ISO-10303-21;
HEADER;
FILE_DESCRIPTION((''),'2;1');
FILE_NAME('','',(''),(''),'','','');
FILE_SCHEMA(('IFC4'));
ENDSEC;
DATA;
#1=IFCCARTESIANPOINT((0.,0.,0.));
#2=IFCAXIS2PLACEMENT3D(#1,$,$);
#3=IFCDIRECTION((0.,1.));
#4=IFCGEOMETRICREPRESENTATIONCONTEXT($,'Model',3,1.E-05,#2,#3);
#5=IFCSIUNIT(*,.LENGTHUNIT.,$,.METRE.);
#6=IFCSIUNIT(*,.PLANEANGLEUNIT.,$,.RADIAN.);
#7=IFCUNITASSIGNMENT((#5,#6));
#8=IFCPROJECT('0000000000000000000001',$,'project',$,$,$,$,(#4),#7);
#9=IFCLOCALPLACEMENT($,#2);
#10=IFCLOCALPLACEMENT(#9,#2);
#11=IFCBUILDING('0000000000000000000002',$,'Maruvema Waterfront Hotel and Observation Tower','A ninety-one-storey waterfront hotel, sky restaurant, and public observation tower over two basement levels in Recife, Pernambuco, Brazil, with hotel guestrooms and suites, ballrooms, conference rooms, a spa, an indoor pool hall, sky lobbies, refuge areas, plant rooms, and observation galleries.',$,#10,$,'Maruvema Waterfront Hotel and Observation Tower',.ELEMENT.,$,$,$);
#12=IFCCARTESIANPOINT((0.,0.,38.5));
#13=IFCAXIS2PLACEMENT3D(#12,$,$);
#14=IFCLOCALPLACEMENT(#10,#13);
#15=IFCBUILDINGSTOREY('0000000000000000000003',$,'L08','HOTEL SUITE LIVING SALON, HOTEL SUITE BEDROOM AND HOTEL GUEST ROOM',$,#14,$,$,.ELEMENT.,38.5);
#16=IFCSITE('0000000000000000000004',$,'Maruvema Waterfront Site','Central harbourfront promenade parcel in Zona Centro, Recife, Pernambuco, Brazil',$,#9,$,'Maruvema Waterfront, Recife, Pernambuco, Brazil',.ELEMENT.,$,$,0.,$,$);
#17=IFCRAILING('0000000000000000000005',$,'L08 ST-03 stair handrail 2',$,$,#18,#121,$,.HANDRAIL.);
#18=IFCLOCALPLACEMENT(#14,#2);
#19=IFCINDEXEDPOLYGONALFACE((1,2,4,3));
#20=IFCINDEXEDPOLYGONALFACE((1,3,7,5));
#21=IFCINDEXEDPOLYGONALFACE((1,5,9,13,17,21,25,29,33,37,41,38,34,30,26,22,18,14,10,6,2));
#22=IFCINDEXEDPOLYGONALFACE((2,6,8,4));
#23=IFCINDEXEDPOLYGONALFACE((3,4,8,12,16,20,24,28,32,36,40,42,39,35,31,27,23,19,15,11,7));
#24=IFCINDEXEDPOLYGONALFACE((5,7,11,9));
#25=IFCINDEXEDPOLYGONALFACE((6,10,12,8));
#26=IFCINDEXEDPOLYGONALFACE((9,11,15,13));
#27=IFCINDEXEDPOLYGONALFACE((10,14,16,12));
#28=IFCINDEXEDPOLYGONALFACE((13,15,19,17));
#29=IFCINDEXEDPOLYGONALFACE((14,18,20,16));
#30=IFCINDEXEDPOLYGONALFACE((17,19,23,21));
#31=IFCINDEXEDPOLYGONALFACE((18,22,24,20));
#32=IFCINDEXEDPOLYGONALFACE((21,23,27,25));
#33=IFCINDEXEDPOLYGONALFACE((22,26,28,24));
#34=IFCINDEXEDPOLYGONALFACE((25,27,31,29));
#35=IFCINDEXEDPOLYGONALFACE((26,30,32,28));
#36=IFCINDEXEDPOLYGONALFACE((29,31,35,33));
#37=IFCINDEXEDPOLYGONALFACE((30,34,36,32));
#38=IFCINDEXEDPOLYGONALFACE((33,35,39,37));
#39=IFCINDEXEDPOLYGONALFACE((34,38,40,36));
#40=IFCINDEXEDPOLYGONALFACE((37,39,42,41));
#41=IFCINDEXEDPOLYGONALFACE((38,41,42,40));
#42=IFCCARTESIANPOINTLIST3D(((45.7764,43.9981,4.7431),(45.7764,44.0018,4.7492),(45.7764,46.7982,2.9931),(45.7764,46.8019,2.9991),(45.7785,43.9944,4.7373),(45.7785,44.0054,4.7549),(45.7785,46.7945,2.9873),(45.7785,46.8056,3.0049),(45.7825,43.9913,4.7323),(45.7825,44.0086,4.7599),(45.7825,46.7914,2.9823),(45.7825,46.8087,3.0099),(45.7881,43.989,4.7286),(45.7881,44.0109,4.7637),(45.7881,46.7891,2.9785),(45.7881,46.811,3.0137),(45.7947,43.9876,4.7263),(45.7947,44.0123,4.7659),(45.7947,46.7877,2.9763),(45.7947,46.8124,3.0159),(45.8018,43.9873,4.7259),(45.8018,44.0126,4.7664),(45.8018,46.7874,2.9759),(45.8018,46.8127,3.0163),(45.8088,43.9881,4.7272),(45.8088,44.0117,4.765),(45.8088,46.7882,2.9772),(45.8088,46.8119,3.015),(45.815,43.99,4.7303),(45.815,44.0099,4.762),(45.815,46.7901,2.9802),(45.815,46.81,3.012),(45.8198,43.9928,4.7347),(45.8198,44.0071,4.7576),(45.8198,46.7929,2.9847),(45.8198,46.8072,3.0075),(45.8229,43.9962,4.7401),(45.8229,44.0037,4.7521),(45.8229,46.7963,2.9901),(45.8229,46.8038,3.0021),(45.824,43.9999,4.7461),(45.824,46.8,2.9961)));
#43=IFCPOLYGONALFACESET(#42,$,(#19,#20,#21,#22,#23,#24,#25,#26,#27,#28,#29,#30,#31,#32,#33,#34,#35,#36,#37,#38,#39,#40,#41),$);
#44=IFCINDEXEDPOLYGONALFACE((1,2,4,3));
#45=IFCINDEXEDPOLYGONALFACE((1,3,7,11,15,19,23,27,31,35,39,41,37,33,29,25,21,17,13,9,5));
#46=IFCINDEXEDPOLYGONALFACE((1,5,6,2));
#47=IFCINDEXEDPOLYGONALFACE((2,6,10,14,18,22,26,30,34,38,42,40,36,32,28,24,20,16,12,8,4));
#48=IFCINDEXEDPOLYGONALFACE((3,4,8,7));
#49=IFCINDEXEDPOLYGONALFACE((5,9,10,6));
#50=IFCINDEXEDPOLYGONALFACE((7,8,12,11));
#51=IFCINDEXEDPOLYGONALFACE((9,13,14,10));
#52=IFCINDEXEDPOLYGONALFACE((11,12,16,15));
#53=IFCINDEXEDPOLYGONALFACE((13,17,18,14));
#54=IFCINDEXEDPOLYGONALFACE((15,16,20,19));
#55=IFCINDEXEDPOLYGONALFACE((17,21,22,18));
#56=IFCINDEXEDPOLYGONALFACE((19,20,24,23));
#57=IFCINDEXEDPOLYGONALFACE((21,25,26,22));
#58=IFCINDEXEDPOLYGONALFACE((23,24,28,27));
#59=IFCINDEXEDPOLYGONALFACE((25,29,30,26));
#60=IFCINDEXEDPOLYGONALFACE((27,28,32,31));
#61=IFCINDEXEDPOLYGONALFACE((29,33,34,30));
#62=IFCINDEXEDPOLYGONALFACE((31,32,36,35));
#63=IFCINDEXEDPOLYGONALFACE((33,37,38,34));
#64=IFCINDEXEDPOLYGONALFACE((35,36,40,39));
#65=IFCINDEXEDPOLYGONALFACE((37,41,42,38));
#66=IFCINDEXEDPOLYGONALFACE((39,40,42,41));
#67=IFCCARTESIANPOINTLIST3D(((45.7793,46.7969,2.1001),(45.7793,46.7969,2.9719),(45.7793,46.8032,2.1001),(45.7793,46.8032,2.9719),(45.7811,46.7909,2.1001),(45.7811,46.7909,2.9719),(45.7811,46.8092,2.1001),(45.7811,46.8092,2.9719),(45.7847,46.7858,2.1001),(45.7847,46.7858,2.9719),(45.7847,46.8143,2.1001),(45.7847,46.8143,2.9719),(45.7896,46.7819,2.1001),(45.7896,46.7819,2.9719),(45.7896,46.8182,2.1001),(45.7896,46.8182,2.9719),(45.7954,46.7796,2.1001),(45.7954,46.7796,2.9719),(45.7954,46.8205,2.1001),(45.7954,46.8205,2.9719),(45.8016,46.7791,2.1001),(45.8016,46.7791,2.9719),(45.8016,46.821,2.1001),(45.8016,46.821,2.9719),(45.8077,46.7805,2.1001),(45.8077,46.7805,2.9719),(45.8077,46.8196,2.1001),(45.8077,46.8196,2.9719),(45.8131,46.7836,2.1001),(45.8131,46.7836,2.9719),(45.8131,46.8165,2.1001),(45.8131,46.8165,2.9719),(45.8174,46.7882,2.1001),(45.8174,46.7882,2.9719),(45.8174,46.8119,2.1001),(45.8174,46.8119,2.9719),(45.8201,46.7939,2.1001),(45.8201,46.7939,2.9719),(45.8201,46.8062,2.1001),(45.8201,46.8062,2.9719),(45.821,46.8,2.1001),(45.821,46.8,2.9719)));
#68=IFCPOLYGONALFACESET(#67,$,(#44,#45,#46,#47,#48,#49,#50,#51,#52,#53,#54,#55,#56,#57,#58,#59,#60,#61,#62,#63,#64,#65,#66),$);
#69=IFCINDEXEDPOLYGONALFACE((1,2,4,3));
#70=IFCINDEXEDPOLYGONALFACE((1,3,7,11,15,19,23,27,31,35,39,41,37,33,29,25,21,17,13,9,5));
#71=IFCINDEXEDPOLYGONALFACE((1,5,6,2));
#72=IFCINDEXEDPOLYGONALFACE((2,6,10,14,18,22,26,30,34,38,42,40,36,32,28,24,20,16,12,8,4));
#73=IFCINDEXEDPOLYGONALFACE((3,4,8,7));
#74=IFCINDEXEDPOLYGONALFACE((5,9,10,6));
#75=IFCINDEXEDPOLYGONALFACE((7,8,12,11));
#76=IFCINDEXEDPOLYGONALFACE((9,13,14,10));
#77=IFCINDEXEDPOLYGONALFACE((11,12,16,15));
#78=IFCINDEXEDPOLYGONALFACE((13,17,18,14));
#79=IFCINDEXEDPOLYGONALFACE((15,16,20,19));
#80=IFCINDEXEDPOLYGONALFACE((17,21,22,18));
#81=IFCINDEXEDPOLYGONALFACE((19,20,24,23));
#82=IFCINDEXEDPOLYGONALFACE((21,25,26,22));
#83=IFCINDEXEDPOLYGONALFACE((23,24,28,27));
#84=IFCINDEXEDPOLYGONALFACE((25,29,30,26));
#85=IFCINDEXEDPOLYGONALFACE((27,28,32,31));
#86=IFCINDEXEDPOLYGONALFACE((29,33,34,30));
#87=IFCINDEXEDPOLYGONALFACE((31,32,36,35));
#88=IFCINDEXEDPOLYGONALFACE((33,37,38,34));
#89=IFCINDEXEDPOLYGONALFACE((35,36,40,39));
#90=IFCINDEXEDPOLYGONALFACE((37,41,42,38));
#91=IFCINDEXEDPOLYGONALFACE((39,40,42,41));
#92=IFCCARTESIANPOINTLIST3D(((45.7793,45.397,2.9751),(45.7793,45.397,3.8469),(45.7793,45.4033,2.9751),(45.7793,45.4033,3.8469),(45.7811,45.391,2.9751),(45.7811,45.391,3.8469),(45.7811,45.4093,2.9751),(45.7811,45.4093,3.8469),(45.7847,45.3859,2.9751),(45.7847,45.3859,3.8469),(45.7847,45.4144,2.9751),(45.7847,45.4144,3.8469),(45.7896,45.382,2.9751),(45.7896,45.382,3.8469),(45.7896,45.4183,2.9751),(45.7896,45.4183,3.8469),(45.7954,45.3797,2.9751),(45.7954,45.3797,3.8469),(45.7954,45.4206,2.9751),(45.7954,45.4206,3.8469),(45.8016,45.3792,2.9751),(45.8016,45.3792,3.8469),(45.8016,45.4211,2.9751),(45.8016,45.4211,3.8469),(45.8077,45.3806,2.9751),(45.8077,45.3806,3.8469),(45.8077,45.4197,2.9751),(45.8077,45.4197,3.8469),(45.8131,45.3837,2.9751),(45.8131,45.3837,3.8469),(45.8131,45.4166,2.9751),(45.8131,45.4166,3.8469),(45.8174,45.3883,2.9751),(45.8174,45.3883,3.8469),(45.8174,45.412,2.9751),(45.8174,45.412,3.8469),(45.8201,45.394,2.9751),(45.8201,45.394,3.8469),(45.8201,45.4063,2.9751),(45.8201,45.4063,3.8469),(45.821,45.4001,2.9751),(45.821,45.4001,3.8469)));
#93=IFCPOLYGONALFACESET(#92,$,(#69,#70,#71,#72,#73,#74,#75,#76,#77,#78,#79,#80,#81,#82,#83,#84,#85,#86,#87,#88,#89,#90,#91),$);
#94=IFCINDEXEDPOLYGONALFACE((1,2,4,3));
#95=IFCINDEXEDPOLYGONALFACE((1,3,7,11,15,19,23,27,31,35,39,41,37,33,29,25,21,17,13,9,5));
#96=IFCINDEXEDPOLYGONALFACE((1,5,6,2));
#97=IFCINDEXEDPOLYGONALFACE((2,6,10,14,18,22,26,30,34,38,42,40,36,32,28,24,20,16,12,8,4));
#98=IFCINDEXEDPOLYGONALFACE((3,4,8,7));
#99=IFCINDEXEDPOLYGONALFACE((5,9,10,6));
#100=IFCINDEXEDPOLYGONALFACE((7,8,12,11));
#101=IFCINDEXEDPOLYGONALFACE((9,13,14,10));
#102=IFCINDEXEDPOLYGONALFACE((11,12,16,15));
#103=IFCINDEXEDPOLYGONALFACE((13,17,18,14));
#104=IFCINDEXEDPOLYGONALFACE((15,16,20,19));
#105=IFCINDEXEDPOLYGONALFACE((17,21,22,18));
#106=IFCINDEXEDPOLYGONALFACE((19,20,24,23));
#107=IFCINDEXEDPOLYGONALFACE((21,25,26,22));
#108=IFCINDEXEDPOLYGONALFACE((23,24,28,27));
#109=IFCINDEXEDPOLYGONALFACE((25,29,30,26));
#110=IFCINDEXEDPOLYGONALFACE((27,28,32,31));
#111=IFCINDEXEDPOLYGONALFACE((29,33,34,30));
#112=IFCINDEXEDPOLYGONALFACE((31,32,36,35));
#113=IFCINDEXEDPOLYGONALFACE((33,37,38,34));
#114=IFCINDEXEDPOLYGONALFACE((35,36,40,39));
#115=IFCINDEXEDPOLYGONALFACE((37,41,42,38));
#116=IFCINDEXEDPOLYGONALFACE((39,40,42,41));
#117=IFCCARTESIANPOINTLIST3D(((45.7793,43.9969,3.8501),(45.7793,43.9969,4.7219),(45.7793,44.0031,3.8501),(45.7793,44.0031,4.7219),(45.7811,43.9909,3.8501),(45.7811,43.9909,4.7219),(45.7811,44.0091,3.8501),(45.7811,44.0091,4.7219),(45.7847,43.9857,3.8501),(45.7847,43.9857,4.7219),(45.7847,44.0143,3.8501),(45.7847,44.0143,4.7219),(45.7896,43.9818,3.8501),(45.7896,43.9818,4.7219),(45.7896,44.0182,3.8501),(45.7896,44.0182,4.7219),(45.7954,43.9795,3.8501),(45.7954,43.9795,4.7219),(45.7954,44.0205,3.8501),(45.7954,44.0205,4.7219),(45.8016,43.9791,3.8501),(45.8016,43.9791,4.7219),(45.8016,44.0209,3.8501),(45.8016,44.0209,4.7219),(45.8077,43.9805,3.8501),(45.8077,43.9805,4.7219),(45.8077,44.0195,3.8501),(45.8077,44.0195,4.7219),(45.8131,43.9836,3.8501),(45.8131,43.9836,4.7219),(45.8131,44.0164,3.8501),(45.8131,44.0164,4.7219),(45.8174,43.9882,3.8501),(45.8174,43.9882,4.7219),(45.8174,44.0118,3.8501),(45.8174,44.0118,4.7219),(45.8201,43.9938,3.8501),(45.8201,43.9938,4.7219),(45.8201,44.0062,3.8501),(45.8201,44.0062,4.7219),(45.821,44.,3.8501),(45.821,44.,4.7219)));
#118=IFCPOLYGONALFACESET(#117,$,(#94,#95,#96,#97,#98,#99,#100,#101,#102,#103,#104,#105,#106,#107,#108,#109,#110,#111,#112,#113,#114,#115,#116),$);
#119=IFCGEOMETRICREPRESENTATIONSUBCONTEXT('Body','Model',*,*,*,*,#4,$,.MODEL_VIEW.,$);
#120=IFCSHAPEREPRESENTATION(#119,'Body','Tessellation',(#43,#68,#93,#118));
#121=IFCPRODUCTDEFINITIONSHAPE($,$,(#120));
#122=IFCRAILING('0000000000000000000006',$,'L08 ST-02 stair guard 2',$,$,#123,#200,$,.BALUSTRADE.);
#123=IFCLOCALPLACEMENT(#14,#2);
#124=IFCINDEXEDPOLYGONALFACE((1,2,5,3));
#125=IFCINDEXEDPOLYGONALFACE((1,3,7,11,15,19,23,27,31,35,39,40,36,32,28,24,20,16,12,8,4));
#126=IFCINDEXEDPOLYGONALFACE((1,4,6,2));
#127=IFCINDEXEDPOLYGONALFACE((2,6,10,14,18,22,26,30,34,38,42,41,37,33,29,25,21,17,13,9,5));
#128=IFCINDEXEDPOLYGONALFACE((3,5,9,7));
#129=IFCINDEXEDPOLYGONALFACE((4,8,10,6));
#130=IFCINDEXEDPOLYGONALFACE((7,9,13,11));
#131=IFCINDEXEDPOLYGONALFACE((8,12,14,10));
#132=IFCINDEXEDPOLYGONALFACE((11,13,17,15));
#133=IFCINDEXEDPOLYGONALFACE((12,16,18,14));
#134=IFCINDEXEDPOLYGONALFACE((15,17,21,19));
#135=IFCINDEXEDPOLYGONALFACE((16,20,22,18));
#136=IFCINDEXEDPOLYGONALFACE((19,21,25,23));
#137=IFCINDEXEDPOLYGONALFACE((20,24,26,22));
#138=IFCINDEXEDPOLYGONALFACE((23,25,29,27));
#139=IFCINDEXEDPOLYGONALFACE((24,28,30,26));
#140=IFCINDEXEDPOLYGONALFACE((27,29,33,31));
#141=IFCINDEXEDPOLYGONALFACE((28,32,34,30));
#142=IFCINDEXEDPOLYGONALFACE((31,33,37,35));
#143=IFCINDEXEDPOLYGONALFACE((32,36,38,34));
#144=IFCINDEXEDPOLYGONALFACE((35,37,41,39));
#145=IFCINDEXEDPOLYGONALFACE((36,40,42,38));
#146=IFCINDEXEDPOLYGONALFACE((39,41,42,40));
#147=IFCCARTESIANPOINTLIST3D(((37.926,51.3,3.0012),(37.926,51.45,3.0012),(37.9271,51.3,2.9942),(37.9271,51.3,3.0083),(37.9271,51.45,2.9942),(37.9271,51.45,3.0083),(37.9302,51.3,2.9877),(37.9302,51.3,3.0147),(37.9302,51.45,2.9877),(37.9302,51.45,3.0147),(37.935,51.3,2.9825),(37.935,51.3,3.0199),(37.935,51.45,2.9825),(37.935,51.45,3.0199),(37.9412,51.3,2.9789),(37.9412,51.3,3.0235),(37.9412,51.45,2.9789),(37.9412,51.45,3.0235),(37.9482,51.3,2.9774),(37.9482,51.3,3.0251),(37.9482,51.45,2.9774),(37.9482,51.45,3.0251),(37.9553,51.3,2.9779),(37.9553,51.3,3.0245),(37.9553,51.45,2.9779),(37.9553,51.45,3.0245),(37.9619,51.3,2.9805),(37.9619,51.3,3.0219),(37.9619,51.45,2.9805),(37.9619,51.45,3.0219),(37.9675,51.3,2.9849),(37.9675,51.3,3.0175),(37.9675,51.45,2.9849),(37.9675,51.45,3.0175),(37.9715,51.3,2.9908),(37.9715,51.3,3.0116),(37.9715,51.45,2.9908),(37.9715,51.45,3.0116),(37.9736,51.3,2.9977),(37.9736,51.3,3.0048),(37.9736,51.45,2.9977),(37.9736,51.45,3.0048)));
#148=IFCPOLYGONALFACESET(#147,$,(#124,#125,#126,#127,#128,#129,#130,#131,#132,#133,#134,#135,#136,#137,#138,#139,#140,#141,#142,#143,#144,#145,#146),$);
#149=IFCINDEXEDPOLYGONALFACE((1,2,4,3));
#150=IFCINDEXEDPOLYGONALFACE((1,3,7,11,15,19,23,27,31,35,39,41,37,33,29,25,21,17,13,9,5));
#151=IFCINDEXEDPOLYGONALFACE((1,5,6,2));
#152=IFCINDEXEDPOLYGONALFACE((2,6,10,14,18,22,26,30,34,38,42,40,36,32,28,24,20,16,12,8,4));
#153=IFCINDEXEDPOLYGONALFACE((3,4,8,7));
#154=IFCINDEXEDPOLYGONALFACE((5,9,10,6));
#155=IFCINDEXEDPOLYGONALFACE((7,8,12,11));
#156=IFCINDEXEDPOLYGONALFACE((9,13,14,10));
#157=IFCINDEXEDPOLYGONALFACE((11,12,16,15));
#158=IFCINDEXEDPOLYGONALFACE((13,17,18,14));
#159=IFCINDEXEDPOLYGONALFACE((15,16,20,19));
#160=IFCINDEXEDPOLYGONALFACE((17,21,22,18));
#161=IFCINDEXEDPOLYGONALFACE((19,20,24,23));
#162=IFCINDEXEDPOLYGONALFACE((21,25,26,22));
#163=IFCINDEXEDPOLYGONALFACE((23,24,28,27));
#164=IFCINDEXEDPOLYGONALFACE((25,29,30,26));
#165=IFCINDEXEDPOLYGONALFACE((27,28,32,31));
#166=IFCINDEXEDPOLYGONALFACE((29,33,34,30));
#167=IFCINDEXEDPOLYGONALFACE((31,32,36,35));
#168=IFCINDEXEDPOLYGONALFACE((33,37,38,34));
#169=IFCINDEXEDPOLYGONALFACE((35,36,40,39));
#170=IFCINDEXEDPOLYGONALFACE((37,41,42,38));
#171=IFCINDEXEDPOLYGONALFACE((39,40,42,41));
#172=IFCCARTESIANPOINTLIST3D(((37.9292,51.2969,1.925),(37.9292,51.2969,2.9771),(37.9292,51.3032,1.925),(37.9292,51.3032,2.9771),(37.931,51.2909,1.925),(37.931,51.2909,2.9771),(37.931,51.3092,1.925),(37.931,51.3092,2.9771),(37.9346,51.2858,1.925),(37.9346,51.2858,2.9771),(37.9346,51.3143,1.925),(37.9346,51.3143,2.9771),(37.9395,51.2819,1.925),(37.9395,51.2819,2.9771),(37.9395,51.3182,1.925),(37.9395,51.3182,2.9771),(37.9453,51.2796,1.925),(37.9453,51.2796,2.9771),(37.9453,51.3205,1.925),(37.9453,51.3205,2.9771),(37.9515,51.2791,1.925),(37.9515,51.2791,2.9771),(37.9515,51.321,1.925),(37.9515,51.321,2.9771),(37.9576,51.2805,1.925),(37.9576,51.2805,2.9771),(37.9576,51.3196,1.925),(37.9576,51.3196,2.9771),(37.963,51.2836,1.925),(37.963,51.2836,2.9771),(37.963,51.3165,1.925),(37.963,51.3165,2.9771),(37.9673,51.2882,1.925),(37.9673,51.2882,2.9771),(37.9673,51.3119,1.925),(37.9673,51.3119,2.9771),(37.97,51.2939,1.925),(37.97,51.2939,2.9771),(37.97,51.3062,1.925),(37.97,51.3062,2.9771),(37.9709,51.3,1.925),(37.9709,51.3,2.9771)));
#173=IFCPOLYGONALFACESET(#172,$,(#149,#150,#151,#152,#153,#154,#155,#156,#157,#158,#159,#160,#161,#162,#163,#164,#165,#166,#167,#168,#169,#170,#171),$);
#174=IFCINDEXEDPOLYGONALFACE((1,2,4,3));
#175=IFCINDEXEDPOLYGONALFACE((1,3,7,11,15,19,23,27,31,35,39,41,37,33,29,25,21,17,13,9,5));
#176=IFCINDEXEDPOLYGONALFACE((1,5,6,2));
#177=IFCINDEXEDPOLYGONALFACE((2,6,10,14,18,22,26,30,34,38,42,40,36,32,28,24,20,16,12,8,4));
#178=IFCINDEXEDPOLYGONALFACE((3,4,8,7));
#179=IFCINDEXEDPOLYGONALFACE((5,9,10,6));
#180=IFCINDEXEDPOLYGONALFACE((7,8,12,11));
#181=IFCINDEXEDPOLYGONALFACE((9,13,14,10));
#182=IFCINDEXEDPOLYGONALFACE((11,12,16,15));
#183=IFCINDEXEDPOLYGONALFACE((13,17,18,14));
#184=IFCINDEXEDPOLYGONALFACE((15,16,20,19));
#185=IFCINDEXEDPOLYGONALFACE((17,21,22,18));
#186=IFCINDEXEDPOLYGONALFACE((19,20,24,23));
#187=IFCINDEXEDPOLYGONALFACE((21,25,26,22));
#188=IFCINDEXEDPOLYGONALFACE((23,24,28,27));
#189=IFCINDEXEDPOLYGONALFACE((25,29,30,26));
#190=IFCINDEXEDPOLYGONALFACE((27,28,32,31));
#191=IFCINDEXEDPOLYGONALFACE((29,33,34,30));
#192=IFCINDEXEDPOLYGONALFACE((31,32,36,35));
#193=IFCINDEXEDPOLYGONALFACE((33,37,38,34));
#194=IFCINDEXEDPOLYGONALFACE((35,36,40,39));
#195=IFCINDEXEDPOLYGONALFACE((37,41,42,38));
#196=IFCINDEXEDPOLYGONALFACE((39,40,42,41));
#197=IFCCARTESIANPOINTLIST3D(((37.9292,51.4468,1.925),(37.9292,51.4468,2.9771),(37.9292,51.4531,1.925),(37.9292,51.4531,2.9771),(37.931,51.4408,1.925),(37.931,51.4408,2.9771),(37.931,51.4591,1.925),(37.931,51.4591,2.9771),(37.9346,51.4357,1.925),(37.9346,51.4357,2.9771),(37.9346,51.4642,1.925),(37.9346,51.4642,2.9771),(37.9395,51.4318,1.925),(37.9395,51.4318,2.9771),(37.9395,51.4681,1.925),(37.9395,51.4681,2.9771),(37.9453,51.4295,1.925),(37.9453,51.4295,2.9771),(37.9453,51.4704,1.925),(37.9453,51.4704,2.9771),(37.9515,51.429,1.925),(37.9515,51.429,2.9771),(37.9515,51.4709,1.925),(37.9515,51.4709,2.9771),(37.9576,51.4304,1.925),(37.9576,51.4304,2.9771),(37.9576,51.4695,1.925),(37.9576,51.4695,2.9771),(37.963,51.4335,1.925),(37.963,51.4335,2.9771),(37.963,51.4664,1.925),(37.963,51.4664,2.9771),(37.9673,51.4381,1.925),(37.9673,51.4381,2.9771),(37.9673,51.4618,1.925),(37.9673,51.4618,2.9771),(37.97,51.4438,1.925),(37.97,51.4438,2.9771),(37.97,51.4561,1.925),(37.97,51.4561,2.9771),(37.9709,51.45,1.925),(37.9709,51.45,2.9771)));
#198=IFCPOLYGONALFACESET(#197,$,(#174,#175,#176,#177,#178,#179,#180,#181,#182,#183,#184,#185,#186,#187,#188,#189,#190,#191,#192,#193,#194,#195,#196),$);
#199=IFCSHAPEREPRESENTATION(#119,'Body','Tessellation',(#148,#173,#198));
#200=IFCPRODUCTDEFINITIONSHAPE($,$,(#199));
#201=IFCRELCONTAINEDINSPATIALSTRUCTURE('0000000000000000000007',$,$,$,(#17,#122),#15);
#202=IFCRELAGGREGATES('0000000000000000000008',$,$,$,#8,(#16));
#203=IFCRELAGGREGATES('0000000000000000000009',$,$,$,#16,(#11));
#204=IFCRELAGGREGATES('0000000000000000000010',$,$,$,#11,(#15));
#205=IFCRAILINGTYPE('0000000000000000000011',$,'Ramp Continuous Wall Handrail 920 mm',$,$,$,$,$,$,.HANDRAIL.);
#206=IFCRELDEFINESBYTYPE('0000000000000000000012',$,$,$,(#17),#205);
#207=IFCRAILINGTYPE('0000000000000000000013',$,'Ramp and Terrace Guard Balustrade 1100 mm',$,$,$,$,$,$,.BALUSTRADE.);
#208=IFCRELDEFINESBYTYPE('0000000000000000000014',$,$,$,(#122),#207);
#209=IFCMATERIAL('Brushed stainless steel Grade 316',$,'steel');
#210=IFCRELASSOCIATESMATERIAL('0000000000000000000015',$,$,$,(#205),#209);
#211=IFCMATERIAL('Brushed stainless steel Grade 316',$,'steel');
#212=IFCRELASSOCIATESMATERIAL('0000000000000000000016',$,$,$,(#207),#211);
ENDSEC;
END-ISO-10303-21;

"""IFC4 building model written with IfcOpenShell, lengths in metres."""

from ifc_helpers import new_model, si_unit, direction, frame, origin, origin_2d, place, context, subcontext, project, spatial, circle, extrude, material, type_object, element, save


model = new_model("IFC4")

# Units and contexts
model_context = context("Model", 3, precision=1e-05, world=origin(), true_north=direction((0.0, 1.0)))
body_context = subcontext(model_context, "Body", "Model", "MODEL_VIEW")
ifc_project = project(units=[si_unit("LENGTHUNIT", "METRE"), si_unit("PLANEANGLEUNIT", "RADIAN")], contexts=[model_context])

# Site, building, storey
site_placement = place(None, origin())
site = spatial("IfcSite", under=ifc_project, at=site_placement, Name="Maruvema Waterfront Site", Description="Central harbourfront promenade parcel in Zona Centro, Recife, Pernambuco, Brazil", LongName="Maruvema Waterfront, Recife, Pernambuco, Brazil", CompositionType="ELEMENT", RefElevation=0.0)
building_placement = place(site_placement, origin())
building = spatial("IfcBuilding", under=site, at=building_placement, Name="Maruvema Waterfront Hotel and Observation Tower", Description="A ninety-one-storey waterfront hotel, sky restaurant, and public observation tower over two basement levels in Recife, Pernambuco, Brazil, with hotel guestrooms and suites, ballrooms, conference rooms, a spa, an indoor pool hall, sky lobbies, refuge areas, plant rooms, and observation galleries.", LongName="Maruvema Waterfront Hotel and Observation Tower", CompositionType="ELEMENT")
storey_placement = place(building_placement, frame((0.0, 0.0, 38.5)))
storey = spatial("IfcBuildingStorey", under=building, at=storey_placement, Name="L08", Description="HOTEL SUITE LIVING SALON, HOTEL SUITE BEDROOM AND HOTEL GUEST ROOM", CompositionType="ELEMENT", Elevation=38.5)

# Railings
ifc_material_1 = material(Name="Brushed stainless steel Grade 316", Category="steel")
railing_type_1 = type_object("IfcRailingType", Name="Ramp Continuous Wall Handrail 920 mm", PredefinedType="HANDRAIL", material=ifc_material_1)
railing_1_placement = place(storey_placement, frame((45.8, 46.8, 2.1001)))
element("IfcRailing", 1, at=railing_1_placement, inside=storey, type_object=railing_type_1, Name="L08 ST-03 stair handrail 2", PredefinedType="HANDRAIL", context=body_context, shape_type="SweptSolid", body=[
    extrude(circle(Radius=0.0239, at=origin_2d()), frame((0.0, 0.0, 0.896), z_axis=(0.0, -0.848002, 0.529992), x_axis=(1.0, 0.0, 0.0)), (0.0, 0.0, 1.0), 3.302),
    extrude(circle(Radius=0.021, at=origin_2d()), origin(), (0.0, 0.0, 1.0), 0.8718),
    extrude(circle(Radius=0.021, at=origin_2d()), frame((0.0, -1.3999, 0.875)), (0.0, 0.0, 1.0), 0.8718),
    extrude(circle(Radius=0.021, at=origin_2d()), frame((0.0, -2.8, 1.75)), (0.0, 0.0, 1.0), 0.8718),
])
ifc_material_2 = material(Name="Brushed stainless steel Grade 316", Category="steel")
railing_type_2 = type_object("IfcRailingType", Name="Ramp and Terrace Guard Balustrade 1100 mm", PredefinedType="BALUSTRADE", material=ifc_material_2)
railing_2_placement = place(storey_placement, frame((37.95, 51.3, 1.925)))
element("IfcRailing", 2, at=railing_2_placement, inside=storey, type_object=railing_type_2, Name="L08 ST-02 stair guard 2", PredefinedType="BALUSTRADE", context=body_context, shape_type="SweptSolid", body=[
    extrude(circle(Radius=0.0239, at=origin_2d()), frame((0.0, 0.0, 1.0762), z_axis=(0.0, 1.0, 0.0), x_axis=(-1.0, 0.0, 0.0)), (0.0, 0.0, 1.0), 0.1499),
    extrude(circle(Radius=0.021, at=origin_2d()), origin(), (0.0, 0.0, 1.0), 1.052),
    extrude(circle(Radius=0.021, at=origin_2d()), frame((0.0, 0.1499, 0.0)), (0.0, 0.0, 1.0), 1.052),
])

save(model, "model.ifc")
